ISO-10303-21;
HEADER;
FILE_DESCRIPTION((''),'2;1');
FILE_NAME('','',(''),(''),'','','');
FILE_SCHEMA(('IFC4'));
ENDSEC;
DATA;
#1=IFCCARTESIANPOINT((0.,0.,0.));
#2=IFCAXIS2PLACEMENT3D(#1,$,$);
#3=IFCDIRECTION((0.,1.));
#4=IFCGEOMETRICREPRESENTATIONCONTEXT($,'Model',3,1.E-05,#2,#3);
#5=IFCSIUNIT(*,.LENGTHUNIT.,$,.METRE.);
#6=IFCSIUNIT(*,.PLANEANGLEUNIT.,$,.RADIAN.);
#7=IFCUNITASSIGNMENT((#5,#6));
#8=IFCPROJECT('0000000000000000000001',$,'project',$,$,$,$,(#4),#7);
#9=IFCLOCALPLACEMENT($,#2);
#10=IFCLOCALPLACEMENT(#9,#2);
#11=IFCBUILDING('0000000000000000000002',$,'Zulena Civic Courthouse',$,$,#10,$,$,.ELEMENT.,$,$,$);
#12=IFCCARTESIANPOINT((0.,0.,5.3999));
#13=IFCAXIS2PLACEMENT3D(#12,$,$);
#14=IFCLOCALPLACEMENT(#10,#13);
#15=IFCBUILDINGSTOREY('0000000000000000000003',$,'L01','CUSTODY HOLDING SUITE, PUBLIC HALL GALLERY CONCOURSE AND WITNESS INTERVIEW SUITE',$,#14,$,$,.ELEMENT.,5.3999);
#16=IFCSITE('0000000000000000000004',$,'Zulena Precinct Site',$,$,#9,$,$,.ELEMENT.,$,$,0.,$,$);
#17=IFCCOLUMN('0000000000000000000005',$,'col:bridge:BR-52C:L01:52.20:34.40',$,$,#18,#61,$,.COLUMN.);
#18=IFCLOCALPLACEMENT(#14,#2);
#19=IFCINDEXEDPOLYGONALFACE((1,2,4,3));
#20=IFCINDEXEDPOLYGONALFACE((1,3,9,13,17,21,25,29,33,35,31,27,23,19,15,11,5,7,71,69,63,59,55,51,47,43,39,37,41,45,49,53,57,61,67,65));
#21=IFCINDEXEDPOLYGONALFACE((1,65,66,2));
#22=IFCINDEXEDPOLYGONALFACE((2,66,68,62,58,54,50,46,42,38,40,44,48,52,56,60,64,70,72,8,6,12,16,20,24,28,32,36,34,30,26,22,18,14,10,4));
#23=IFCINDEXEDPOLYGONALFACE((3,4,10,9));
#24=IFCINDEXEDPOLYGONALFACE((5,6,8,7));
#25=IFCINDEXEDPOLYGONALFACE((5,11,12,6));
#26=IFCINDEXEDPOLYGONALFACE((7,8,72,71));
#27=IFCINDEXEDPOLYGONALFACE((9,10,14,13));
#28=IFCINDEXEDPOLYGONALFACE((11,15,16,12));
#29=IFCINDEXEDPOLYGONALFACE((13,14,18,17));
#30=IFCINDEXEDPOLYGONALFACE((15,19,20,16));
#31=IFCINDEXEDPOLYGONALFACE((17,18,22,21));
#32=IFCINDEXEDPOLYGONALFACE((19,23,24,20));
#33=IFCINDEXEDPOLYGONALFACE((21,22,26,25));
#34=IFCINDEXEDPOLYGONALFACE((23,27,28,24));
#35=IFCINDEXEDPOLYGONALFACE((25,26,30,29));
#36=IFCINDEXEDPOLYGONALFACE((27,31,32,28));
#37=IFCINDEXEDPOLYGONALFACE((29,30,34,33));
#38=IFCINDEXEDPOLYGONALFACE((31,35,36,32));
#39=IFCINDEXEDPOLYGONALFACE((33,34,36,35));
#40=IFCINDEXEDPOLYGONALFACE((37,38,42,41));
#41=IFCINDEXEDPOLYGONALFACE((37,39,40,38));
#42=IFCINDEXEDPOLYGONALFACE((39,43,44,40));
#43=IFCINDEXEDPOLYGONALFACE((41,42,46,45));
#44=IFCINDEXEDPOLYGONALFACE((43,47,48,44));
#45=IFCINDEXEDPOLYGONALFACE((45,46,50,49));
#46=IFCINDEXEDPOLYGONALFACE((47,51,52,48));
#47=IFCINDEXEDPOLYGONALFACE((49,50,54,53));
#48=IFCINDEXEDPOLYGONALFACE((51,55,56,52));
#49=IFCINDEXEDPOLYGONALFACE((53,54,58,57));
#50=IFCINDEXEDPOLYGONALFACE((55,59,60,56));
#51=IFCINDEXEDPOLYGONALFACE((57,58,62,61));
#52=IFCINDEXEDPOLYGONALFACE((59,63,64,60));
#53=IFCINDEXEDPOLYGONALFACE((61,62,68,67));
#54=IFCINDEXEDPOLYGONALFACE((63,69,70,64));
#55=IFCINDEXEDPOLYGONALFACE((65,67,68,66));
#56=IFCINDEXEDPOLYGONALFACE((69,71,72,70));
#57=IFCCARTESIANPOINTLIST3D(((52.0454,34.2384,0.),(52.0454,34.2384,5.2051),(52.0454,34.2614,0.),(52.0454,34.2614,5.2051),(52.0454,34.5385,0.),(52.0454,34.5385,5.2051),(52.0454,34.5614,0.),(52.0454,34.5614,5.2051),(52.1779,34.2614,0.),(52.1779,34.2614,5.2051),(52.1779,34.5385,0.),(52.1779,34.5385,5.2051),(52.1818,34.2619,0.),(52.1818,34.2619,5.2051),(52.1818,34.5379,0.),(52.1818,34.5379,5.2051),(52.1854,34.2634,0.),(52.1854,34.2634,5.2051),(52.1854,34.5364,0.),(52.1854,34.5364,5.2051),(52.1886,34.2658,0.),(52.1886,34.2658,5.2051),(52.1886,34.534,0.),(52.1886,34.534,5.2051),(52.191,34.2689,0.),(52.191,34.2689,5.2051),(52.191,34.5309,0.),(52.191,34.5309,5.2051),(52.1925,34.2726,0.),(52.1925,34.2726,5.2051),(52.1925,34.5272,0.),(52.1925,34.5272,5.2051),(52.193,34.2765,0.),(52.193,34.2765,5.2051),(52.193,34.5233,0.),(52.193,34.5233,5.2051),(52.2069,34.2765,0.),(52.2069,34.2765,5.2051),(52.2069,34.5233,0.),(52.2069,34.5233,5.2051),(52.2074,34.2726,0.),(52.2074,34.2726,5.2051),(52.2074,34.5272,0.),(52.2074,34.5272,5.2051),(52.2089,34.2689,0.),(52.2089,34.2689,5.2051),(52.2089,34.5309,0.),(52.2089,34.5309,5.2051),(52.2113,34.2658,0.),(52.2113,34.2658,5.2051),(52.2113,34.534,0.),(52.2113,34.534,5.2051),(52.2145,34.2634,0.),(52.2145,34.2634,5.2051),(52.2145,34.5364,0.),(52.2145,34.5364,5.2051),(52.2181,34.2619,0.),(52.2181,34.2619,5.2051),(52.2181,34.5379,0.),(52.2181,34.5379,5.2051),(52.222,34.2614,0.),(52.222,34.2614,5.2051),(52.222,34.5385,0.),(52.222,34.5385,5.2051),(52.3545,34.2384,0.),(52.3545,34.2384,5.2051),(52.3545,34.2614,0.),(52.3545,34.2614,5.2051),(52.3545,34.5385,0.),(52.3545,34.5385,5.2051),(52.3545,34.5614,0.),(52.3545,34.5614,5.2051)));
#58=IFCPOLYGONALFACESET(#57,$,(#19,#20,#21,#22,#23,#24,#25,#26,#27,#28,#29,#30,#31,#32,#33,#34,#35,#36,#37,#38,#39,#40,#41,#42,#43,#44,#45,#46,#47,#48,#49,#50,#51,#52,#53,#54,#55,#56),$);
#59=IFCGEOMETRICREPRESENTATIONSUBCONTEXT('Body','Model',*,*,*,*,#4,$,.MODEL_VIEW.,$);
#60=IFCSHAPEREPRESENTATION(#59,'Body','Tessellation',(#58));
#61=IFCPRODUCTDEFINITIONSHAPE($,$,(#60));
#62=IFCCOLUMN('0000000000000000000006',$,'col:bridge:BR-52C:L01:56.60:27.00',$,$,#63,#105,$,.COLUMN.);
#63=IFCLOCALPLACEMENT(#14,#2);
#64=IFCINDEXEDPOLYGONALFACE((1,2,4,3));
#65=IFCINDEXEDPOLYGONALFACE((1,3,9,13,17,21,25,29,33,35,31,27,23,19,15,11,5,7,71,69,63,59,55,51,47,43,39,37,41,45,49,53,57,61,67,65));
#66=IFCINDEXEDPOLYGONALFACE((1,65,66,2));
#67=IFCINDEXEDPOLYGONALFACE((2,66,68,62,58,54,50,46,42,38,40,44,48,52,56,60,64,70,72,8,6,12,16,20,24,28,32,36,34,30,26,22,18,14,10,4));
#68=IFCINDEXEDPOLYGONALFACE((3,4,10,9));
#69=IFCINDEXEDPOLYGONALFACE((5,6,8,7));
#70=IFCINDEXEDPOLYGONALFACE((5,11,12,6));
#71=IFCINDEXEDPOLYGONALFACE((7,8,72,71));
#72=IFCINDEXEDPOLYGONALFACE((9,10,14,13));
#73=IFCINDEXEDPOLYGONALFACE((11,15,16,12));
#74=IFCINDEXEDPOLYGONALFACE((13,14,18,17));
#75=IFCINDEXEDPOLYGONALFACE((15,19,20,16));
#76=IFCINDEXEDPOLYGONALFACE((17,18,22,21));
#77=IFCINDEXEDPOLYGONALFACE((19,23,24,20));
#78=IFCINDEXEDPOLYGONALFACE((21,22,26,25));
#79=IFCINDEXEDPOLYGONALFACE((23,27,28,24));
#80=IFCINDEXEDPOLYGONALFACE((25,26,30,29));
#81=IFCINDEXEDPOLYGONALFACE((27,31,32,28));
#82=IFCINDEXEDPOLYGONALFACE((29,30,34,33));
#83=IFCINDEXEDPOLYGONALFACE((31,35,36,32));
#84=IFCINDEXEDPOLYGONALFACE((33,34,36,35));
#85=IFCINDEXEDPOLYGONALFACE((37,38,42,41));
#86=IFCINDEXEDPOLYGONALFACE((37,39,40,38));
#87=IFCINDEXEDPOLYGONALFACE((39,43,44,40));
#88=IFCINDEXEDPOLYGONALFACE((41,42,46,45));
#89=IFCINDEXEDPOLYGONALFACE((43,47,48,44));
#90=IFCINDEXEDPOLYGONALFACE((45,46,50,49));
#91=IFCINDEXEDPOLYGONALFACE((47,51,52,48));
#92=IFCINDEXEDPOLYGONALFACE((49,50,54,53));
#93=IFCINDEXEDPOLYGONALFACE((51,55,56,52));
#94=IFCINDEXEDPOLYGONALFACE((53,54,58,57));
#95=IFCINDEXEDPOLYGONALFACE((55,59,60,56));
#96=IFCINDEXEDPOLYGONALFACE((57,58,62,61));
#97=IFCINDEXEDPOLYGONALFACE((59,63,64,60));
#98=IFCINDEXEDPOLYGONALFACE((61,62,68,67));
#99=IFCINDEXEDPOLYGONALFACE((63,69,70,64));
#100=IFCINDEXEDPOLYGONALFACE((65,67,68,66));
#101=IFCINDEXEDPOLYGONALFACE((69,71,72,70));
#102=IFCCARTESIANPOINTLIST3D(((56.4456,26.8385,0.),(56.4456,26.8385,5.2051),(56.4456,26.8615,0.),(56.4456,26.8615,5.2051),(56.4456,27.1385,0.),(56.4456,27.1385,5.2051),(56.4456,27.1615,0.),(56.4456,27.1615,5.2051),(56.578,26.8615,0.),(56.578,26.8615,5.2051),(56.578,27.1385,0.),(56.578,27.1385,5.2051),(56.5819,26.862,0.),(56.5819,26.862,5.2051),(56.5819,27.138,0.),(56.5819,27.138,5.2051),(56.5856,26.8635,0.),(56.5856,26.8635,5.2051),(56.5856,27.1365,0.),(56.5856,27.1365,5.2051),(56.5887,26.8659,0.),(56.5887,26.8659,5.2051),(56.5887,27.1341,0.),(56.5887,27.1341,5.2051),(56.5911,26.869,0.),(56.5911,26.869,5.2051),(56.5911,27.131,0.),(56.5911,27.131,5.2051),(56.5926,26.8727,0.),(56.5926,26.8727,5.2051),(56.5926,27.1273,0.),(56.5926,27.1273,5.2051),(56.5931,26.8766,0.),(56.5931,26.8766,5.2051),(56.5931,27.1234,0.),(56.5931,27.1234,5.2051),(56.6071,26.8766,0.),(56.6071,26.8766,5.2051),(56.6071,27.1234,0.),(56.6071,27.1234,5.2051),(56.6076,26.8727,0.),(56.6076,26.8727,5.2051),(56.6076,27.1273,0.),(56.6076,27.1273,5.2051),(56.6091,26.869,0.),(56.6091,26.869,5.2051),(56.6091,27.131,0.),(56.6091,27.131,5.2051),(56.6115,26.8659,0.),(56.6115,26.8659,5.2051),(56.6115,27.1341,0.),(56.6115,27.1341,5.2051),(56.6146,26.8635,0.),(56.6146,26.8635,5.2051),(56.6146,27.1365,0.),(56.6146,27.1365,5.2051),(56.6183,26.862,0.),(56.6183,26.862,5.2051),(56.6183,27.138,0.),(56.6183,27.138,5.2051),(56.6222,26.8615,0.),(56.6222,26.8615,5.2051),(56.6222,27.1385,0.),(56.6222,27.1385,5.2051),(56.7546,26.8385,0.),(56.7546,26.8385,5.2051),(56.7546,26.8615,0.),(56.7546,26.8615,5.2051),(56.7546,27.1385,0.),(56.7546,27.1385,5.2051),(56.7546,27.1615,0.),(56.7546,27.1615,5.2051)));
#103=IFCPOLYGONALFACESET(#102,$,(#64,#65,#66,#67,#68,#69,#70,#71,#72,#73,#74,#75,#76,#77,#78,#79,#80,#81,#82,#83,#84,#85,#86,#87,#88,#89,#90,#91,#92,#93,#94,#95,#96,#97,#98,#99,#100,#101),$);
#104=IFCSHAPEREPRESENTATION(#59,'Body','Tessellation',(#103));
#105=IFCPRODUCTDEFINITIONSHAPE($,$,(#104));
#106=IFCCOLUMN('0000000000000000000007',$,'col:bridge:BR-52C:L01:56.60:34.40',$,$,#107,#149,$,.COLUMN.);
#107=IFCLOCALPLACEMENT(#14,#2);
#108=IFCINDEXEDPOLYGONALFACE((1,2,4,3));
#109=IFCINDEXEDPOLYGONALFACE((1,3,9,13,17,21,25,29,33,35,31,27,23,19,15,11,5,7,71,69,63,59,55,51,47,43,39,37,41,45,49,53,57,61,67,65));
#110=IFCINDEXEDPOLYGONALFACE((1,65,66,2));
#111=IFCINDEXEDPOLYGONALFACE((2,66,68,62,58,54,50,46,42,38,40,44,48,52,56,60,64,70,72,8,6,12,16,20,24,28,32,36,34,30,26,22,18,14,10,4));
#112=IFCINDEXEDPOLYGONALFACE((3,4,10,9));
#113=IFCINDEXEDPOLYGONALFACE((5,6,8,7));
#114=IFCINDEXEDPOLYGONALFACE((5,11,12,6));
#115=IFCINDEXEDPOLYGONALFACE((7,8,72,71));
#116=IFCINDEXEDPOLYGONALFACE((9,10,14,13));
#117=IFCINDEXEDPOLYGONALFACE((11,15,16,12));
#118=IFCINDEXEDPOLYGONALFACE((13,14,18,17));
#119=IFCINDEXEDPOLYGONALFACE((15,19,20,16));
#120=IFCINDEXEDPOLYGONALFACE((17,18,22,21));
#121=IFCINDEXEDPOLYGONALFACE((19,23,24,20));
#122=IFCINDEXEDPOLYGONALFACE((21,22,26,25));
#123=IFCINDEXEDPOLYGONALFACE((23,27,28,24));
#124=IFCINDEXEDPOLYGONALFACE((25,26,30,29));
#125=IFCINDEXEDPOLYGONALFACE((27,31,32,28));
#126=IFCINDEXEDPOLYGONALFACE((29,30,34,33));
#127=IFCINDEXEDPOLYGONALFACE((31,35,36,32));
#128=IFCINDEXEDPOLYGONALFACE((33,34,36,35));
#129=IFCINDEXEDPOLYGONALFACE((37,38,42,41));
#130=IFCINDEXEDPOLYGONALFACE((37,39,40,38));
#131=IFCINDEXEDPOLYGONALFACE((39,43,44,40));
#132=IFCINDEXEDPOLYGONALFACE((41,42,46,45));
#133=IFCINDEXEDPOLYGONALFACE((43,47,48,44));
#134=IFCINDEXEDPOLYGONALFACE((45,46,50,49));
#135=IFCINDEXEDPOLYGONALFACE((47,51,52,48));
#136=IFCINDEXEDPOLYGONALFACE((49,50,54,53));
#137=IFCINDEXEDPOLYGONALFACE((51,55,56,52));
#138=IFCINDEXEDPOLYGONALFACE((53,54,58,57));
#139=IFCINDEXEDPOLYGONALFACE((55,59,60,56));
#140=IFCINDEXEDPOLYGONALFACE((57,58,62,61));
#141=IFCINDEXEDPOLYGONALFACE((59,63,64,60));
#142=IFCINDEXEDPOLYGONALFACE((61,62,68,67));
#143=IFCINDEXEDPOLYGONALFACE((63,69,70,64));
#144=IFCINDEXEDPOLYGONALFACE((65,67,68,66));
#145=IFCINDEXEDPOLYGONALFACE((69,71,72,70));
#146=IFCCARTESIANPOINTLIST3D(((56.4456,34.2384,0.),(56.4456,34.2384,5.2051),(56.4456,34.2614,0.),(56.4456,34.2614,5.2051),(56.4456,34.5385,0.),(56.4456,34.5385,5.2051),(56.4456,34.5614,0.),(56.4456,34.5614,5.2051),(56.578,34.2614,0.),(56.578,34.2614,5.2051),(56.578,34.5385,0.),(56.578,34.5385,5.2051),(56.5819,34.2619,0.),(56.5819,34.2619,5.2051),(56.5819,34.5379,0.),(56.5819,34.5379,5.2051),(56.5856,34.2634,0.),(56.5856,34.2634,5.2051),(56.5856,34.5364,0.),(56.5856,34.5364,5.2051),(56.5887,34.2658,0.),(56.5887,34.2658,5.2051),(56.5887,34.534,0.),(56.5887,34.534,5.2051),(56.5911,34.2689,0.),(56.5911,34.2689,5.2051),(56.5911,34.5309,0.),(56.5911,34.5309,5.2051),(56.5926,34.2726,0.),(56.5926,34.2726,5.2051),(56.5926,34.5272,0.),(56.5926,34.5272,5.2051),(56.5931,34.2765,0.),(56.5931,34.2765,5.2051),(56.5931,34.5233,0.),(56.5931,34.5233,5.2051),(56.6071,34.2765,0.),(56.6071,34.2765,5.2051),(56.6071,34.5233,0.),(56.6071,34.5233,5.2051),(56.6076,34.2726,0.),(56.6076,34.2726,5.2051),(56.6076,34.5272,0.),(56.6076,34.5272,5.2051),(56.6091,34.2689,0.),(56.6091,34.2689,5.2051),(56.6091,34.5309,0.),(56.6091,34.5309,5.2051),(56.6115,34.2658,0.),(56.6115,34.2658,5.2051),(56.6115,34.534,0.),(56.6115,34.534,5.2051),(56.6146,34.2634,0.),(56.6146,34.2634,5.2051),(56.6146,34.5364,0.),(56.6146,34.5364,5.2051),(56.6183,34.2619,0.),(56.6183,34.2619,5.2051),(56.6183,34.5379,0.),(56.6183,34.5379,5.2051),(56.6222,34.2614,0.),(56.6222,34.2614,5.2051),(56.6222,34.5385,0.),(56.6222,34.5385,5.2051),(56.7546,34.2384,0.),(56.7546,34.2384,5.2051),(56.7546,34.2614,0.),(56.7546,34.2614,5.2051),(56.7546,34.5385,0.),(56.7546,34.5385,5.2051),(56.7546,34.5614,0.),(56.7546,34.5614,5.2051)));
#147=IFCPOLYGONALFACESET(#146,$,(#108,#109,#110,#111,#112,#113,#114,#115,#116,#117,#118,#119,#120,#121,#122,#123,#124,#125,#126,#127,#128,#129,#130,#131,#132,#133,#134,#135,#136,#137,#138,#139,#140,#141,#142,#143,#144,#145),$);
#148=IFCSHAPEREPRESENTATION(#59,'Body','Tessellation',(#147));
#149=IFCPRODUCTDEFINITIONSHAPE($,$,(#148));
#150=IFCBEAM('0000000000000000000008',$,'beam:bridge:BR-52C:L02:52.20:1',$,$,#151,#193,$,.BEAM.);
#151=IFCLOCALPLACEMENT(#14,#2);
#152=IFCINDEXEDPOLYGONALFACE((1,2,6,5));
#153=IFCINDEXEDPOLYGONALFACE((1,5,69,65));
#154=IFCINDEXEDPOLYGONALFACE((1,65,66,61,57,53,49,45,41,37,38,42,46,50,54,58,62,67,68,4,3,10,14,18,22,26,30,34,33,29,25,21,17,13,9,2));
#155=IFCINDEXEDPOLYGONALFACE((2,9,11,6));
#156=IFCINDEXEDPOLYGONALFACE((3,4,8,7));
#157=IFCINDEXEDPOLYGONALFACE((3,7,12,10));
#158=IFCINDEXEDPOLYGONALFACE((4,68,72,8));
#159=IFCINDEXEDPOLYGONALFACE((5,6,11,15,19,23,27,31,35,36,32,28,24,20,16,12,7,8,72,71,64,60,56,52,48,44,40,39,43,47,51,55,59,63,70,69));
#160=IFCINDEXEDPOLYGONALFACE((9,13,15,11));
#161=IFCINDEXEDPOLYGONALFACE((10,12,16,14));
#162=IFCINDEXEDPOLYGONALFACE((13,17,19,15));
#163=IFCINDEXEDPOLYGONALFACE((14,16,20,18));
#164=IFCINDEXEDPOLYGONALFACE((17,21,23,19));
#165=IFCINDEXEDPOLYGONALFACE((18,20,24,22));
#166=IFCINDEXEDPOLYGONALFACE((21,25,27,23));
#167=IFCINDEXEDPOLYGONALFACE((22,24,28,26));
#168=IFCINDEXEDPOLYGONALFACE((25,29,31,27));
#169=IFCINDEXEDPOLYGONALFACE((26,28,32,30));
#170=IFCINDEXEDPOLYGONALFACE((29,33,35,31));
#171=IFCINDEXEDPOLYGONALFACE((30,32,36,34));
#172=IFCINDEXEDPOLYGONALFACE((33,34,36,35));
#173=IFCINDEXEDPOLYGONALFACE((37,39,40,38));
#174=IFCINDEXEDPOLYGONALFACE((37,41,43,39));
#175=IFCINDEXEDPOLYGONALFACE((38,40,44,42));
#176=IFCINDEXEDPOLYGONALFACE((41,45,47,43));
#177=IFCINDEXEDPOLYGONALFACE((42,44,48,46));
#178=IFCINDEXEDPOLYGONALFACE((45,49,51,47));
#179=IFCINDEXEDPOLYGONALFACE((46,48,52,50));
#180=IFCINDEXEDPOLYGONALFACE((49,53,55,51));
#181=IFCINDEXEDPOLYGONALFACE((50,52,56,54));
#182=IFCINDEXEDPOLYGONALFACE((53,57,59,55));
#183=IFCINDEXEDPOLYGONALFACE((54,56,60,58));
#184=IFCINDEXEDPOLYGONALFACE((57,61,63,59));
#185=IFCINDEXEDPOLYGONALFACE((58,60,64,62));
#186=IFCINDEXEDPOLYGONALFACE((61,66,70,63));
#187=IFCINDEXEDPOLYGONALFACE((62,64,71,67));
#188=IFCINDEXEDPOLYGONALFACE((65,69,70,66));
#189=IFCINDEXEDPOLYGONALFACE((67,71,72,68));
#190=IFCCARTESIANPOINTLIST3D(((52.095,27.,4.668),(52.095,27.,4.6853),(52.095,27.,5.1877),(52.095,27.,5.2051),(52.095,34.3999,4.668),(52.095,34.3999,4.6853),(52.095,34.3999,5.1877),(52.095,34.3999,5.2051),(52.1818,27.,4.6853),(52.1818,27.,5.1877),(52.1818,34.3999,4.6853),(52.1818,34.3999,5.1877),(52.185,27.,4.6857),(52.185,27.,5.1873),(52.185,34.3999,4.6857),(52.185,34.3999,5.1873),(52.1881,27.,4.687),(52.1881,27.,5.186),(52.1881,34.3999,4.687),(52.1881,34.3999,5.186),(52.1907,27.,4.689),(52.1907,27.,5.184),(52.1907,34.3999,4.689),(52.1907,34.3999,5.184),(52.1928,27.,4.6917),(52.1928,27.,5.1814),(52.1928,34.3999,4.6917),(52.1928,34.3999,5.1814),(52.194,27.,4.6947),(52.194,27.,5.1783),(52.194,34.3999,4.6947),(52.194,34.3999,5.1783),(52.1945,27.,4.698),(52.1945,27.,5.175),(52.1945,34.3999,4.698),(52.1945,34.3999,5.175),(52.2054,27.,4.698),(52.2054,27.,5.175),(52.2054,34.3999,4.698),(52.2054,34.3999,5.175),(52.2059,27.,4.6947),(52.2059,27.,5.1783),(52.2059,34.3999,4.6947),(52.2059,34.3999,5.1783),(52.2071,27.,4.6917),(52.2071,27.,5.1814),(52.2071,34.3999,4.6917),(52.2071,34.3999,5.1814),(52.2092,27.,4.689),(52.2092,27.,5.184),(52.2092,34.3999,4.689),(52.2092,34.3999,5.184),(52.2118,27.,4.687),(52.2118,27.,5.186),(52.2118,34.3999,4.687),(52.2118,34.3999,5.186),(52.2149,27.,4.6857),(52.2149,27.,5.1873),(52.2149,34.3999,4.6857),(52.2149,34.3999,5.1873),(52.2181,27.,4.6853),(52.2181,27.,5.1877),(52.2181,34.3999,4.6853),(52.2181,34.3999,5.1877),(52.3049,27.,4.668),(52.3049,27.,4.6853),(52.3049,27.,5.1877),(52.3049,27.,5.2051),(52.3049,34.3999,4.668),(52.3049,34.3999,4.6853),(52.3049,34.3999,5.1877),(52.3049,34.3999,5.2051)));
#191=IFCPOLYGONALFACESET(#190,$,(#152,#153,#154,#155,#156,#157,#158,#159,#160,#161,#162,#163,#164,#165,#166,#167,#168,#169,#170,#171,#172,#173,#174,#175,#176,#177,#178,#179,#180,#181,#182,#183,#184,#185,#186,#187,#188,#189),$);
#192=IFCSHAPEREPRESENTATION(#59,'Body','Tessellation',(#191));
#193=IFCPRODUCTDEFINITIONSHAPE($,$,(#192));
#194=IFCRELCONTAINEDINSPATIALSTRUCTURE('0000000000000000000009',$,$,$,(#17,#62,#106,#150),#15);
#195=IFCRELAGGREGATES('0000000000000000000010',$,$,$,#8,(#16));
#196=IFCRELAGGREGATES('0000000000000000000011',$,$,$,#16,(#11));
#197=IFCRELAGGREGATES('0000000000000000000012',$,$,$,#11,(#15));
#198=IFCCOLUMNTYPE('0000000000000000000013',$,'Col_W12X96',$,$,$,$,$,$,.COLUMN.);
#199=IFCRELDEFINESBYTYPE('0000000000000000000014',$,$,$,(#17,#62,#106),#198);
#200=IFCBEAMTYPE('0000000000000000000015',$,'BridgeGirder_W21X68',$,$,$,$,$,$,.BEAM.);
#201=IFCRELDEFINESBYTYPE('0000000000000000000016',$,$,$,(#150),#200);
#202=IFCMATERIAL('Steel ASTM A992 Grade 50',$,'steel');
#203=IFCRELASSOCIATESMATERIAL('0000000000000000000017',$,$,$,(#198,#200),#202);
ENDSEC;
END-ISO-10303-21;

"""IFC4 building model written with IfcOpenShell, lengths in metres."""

from ifc_helpers import new_model, si_unit, direction, frame, origin, origin_2d, place, context, subcontext, project, spatial, i_section, extrude, material, material_profile, profile_set, type_object, element, save


model = new_model("IFC4")

# Units and contexts
model_context = context("Model", 3, precision=1e-05, world=origin(), true_north=direction((0.0, 1.0)))
body_context = subcontext(model_context, "Body", "Model", "MODEL_VIEW")
ifc_project = project(units=[si_unit("LENGTHUNIT", "METRE"), si_unit("PLANEANGLEUNIT", "RADIAN")], contexts=[model_context])

# Site, building, storey
site_placement = place(None, origin())
site = spatial("IfcSite", under=ifc_project, at=site_placement, Name="Zulena Precinct Site", CompositionType="ELEMENT", RefElevation=0.0)
building_placement = place(site_placement, origin())
building = spatial("IfcBuilding", under=site, at=building_placement, Name="Zulena Civic Courthouse", CompositionType="ELEMENT")
storey_placement = place(building_placement, frame((0.0, 0.0, 5.3999)))
storey = spatial("IfcBuildingStorey", under=building, at=storey_placement, Name="L01", Description="CUSTODY HOLDING SUITE, PUBLIC HALL GALLERY CONCOURSE AND WITNESS INTERVIEW SUITE", CompositionType="ELEMENT", Elevation=5.3999)

# Columns
ifc_material_1 = material(Name="Steel ASTM A992 Grade 50", Category="steel")
ifc_material_profile_1 = material_profile(ifc_material_1, i_section(OverallWidth=0.3091, OverallDepth=0.323, WebThickness=0.0139, FlangeThickness=0.0229, FilletRadius=0.0151, at=origin_2d()), Name="W12X96")
ifc_profile_set_1 = profile_set([ifc_material_profile_1], Name="Steel ASTM A992 Grade 50")
column_type = type_object("IfcColumnType", Name="Col_W12X96", PredefinedType="COLUMN", material=ifc_profile_set_1)
for number, where, z_axis, x_axis, name in (
    (1, (52.2, 34.3999, 0.0), (0.0, 0.0, 1.0), (1.0, 0.0, 0.0), "col:bridge:BR-52C:L01:52.20:34.40"),
    (2, (56.6001, 27.0, 0.0), (0.0, 0.0, 1.0), (1.0, 0.0, 0.0), "col:bridge:BR-52C:L01:56.60:27.00"),
    (3, (56.6001, 34.3999, 0.0), (0.0, 0.0, 1.0), (1.0, 0.0, 0.0), "col:bridge:BR-52C:L01:56.60:34.40"),
):
    element("IfcColumn", number, at=place(storey_placement, frame(where, z_axis=z_axis, x_axis=x_axis)), inside=storey, type_object=column_type, Name=name, PredefinedType="COLUMN", context=body_context, shape_type="SweptSolid", body=[
        extrude(i_section(OverallWidth=0.3091, OverallDepth=0.323, WebThickness=0.0139, FlangeThickness=0.0229, FilletRadius=0.0151, at=origin_2d()), origin(), (0.0, 0.0, 1.0), 5.2051),
    ])

# Beam
ifc_material_profile_2 = material_profile(ifc_material_1, i_section(OverallWidth=0.21, OverallDepth=0.5371, WebThickness=0.011, FlangeThickness=0.0173, FilletRadius=0.0127, at=origin_2d()), Name="W21X68")
ifc_profile_set_2 = profile_set([ifc_material_profile_2], Name="Steel ASTM A992 Grade 50")
beam_type = type_object("IfcBeamType", Name="BridgeGirder_W21X68", PredefinedType="BEAM", material=ifc_profile_set_2)
beam_1_placement = place(storey_placement, frame((52.2, 27.0, 4.9365), z_axis=(0.0, 1.0, 0.0), x_axis=(-1.0, 0.0, 0.0)))
element("IfcBeam", 4, at=beam_1_placement, inside=storey, type_object=beam_type, Name="beam:bridge:BR-52C:L02:52.20:1", PredefinedType="BEAM", context=body_context, shape_type="SweptSolid", body=[
    extrude(i_section(OverallWidth=0.21, OverallDepth=0.5371, WebThickness=0.011, FlangeThickness=0.0173, FilletRadius=0.0127, at=origin_2d()), origin(), (0.0, 0.0, 1.0), 7.3999),
])

save(model, "model.ifc")
